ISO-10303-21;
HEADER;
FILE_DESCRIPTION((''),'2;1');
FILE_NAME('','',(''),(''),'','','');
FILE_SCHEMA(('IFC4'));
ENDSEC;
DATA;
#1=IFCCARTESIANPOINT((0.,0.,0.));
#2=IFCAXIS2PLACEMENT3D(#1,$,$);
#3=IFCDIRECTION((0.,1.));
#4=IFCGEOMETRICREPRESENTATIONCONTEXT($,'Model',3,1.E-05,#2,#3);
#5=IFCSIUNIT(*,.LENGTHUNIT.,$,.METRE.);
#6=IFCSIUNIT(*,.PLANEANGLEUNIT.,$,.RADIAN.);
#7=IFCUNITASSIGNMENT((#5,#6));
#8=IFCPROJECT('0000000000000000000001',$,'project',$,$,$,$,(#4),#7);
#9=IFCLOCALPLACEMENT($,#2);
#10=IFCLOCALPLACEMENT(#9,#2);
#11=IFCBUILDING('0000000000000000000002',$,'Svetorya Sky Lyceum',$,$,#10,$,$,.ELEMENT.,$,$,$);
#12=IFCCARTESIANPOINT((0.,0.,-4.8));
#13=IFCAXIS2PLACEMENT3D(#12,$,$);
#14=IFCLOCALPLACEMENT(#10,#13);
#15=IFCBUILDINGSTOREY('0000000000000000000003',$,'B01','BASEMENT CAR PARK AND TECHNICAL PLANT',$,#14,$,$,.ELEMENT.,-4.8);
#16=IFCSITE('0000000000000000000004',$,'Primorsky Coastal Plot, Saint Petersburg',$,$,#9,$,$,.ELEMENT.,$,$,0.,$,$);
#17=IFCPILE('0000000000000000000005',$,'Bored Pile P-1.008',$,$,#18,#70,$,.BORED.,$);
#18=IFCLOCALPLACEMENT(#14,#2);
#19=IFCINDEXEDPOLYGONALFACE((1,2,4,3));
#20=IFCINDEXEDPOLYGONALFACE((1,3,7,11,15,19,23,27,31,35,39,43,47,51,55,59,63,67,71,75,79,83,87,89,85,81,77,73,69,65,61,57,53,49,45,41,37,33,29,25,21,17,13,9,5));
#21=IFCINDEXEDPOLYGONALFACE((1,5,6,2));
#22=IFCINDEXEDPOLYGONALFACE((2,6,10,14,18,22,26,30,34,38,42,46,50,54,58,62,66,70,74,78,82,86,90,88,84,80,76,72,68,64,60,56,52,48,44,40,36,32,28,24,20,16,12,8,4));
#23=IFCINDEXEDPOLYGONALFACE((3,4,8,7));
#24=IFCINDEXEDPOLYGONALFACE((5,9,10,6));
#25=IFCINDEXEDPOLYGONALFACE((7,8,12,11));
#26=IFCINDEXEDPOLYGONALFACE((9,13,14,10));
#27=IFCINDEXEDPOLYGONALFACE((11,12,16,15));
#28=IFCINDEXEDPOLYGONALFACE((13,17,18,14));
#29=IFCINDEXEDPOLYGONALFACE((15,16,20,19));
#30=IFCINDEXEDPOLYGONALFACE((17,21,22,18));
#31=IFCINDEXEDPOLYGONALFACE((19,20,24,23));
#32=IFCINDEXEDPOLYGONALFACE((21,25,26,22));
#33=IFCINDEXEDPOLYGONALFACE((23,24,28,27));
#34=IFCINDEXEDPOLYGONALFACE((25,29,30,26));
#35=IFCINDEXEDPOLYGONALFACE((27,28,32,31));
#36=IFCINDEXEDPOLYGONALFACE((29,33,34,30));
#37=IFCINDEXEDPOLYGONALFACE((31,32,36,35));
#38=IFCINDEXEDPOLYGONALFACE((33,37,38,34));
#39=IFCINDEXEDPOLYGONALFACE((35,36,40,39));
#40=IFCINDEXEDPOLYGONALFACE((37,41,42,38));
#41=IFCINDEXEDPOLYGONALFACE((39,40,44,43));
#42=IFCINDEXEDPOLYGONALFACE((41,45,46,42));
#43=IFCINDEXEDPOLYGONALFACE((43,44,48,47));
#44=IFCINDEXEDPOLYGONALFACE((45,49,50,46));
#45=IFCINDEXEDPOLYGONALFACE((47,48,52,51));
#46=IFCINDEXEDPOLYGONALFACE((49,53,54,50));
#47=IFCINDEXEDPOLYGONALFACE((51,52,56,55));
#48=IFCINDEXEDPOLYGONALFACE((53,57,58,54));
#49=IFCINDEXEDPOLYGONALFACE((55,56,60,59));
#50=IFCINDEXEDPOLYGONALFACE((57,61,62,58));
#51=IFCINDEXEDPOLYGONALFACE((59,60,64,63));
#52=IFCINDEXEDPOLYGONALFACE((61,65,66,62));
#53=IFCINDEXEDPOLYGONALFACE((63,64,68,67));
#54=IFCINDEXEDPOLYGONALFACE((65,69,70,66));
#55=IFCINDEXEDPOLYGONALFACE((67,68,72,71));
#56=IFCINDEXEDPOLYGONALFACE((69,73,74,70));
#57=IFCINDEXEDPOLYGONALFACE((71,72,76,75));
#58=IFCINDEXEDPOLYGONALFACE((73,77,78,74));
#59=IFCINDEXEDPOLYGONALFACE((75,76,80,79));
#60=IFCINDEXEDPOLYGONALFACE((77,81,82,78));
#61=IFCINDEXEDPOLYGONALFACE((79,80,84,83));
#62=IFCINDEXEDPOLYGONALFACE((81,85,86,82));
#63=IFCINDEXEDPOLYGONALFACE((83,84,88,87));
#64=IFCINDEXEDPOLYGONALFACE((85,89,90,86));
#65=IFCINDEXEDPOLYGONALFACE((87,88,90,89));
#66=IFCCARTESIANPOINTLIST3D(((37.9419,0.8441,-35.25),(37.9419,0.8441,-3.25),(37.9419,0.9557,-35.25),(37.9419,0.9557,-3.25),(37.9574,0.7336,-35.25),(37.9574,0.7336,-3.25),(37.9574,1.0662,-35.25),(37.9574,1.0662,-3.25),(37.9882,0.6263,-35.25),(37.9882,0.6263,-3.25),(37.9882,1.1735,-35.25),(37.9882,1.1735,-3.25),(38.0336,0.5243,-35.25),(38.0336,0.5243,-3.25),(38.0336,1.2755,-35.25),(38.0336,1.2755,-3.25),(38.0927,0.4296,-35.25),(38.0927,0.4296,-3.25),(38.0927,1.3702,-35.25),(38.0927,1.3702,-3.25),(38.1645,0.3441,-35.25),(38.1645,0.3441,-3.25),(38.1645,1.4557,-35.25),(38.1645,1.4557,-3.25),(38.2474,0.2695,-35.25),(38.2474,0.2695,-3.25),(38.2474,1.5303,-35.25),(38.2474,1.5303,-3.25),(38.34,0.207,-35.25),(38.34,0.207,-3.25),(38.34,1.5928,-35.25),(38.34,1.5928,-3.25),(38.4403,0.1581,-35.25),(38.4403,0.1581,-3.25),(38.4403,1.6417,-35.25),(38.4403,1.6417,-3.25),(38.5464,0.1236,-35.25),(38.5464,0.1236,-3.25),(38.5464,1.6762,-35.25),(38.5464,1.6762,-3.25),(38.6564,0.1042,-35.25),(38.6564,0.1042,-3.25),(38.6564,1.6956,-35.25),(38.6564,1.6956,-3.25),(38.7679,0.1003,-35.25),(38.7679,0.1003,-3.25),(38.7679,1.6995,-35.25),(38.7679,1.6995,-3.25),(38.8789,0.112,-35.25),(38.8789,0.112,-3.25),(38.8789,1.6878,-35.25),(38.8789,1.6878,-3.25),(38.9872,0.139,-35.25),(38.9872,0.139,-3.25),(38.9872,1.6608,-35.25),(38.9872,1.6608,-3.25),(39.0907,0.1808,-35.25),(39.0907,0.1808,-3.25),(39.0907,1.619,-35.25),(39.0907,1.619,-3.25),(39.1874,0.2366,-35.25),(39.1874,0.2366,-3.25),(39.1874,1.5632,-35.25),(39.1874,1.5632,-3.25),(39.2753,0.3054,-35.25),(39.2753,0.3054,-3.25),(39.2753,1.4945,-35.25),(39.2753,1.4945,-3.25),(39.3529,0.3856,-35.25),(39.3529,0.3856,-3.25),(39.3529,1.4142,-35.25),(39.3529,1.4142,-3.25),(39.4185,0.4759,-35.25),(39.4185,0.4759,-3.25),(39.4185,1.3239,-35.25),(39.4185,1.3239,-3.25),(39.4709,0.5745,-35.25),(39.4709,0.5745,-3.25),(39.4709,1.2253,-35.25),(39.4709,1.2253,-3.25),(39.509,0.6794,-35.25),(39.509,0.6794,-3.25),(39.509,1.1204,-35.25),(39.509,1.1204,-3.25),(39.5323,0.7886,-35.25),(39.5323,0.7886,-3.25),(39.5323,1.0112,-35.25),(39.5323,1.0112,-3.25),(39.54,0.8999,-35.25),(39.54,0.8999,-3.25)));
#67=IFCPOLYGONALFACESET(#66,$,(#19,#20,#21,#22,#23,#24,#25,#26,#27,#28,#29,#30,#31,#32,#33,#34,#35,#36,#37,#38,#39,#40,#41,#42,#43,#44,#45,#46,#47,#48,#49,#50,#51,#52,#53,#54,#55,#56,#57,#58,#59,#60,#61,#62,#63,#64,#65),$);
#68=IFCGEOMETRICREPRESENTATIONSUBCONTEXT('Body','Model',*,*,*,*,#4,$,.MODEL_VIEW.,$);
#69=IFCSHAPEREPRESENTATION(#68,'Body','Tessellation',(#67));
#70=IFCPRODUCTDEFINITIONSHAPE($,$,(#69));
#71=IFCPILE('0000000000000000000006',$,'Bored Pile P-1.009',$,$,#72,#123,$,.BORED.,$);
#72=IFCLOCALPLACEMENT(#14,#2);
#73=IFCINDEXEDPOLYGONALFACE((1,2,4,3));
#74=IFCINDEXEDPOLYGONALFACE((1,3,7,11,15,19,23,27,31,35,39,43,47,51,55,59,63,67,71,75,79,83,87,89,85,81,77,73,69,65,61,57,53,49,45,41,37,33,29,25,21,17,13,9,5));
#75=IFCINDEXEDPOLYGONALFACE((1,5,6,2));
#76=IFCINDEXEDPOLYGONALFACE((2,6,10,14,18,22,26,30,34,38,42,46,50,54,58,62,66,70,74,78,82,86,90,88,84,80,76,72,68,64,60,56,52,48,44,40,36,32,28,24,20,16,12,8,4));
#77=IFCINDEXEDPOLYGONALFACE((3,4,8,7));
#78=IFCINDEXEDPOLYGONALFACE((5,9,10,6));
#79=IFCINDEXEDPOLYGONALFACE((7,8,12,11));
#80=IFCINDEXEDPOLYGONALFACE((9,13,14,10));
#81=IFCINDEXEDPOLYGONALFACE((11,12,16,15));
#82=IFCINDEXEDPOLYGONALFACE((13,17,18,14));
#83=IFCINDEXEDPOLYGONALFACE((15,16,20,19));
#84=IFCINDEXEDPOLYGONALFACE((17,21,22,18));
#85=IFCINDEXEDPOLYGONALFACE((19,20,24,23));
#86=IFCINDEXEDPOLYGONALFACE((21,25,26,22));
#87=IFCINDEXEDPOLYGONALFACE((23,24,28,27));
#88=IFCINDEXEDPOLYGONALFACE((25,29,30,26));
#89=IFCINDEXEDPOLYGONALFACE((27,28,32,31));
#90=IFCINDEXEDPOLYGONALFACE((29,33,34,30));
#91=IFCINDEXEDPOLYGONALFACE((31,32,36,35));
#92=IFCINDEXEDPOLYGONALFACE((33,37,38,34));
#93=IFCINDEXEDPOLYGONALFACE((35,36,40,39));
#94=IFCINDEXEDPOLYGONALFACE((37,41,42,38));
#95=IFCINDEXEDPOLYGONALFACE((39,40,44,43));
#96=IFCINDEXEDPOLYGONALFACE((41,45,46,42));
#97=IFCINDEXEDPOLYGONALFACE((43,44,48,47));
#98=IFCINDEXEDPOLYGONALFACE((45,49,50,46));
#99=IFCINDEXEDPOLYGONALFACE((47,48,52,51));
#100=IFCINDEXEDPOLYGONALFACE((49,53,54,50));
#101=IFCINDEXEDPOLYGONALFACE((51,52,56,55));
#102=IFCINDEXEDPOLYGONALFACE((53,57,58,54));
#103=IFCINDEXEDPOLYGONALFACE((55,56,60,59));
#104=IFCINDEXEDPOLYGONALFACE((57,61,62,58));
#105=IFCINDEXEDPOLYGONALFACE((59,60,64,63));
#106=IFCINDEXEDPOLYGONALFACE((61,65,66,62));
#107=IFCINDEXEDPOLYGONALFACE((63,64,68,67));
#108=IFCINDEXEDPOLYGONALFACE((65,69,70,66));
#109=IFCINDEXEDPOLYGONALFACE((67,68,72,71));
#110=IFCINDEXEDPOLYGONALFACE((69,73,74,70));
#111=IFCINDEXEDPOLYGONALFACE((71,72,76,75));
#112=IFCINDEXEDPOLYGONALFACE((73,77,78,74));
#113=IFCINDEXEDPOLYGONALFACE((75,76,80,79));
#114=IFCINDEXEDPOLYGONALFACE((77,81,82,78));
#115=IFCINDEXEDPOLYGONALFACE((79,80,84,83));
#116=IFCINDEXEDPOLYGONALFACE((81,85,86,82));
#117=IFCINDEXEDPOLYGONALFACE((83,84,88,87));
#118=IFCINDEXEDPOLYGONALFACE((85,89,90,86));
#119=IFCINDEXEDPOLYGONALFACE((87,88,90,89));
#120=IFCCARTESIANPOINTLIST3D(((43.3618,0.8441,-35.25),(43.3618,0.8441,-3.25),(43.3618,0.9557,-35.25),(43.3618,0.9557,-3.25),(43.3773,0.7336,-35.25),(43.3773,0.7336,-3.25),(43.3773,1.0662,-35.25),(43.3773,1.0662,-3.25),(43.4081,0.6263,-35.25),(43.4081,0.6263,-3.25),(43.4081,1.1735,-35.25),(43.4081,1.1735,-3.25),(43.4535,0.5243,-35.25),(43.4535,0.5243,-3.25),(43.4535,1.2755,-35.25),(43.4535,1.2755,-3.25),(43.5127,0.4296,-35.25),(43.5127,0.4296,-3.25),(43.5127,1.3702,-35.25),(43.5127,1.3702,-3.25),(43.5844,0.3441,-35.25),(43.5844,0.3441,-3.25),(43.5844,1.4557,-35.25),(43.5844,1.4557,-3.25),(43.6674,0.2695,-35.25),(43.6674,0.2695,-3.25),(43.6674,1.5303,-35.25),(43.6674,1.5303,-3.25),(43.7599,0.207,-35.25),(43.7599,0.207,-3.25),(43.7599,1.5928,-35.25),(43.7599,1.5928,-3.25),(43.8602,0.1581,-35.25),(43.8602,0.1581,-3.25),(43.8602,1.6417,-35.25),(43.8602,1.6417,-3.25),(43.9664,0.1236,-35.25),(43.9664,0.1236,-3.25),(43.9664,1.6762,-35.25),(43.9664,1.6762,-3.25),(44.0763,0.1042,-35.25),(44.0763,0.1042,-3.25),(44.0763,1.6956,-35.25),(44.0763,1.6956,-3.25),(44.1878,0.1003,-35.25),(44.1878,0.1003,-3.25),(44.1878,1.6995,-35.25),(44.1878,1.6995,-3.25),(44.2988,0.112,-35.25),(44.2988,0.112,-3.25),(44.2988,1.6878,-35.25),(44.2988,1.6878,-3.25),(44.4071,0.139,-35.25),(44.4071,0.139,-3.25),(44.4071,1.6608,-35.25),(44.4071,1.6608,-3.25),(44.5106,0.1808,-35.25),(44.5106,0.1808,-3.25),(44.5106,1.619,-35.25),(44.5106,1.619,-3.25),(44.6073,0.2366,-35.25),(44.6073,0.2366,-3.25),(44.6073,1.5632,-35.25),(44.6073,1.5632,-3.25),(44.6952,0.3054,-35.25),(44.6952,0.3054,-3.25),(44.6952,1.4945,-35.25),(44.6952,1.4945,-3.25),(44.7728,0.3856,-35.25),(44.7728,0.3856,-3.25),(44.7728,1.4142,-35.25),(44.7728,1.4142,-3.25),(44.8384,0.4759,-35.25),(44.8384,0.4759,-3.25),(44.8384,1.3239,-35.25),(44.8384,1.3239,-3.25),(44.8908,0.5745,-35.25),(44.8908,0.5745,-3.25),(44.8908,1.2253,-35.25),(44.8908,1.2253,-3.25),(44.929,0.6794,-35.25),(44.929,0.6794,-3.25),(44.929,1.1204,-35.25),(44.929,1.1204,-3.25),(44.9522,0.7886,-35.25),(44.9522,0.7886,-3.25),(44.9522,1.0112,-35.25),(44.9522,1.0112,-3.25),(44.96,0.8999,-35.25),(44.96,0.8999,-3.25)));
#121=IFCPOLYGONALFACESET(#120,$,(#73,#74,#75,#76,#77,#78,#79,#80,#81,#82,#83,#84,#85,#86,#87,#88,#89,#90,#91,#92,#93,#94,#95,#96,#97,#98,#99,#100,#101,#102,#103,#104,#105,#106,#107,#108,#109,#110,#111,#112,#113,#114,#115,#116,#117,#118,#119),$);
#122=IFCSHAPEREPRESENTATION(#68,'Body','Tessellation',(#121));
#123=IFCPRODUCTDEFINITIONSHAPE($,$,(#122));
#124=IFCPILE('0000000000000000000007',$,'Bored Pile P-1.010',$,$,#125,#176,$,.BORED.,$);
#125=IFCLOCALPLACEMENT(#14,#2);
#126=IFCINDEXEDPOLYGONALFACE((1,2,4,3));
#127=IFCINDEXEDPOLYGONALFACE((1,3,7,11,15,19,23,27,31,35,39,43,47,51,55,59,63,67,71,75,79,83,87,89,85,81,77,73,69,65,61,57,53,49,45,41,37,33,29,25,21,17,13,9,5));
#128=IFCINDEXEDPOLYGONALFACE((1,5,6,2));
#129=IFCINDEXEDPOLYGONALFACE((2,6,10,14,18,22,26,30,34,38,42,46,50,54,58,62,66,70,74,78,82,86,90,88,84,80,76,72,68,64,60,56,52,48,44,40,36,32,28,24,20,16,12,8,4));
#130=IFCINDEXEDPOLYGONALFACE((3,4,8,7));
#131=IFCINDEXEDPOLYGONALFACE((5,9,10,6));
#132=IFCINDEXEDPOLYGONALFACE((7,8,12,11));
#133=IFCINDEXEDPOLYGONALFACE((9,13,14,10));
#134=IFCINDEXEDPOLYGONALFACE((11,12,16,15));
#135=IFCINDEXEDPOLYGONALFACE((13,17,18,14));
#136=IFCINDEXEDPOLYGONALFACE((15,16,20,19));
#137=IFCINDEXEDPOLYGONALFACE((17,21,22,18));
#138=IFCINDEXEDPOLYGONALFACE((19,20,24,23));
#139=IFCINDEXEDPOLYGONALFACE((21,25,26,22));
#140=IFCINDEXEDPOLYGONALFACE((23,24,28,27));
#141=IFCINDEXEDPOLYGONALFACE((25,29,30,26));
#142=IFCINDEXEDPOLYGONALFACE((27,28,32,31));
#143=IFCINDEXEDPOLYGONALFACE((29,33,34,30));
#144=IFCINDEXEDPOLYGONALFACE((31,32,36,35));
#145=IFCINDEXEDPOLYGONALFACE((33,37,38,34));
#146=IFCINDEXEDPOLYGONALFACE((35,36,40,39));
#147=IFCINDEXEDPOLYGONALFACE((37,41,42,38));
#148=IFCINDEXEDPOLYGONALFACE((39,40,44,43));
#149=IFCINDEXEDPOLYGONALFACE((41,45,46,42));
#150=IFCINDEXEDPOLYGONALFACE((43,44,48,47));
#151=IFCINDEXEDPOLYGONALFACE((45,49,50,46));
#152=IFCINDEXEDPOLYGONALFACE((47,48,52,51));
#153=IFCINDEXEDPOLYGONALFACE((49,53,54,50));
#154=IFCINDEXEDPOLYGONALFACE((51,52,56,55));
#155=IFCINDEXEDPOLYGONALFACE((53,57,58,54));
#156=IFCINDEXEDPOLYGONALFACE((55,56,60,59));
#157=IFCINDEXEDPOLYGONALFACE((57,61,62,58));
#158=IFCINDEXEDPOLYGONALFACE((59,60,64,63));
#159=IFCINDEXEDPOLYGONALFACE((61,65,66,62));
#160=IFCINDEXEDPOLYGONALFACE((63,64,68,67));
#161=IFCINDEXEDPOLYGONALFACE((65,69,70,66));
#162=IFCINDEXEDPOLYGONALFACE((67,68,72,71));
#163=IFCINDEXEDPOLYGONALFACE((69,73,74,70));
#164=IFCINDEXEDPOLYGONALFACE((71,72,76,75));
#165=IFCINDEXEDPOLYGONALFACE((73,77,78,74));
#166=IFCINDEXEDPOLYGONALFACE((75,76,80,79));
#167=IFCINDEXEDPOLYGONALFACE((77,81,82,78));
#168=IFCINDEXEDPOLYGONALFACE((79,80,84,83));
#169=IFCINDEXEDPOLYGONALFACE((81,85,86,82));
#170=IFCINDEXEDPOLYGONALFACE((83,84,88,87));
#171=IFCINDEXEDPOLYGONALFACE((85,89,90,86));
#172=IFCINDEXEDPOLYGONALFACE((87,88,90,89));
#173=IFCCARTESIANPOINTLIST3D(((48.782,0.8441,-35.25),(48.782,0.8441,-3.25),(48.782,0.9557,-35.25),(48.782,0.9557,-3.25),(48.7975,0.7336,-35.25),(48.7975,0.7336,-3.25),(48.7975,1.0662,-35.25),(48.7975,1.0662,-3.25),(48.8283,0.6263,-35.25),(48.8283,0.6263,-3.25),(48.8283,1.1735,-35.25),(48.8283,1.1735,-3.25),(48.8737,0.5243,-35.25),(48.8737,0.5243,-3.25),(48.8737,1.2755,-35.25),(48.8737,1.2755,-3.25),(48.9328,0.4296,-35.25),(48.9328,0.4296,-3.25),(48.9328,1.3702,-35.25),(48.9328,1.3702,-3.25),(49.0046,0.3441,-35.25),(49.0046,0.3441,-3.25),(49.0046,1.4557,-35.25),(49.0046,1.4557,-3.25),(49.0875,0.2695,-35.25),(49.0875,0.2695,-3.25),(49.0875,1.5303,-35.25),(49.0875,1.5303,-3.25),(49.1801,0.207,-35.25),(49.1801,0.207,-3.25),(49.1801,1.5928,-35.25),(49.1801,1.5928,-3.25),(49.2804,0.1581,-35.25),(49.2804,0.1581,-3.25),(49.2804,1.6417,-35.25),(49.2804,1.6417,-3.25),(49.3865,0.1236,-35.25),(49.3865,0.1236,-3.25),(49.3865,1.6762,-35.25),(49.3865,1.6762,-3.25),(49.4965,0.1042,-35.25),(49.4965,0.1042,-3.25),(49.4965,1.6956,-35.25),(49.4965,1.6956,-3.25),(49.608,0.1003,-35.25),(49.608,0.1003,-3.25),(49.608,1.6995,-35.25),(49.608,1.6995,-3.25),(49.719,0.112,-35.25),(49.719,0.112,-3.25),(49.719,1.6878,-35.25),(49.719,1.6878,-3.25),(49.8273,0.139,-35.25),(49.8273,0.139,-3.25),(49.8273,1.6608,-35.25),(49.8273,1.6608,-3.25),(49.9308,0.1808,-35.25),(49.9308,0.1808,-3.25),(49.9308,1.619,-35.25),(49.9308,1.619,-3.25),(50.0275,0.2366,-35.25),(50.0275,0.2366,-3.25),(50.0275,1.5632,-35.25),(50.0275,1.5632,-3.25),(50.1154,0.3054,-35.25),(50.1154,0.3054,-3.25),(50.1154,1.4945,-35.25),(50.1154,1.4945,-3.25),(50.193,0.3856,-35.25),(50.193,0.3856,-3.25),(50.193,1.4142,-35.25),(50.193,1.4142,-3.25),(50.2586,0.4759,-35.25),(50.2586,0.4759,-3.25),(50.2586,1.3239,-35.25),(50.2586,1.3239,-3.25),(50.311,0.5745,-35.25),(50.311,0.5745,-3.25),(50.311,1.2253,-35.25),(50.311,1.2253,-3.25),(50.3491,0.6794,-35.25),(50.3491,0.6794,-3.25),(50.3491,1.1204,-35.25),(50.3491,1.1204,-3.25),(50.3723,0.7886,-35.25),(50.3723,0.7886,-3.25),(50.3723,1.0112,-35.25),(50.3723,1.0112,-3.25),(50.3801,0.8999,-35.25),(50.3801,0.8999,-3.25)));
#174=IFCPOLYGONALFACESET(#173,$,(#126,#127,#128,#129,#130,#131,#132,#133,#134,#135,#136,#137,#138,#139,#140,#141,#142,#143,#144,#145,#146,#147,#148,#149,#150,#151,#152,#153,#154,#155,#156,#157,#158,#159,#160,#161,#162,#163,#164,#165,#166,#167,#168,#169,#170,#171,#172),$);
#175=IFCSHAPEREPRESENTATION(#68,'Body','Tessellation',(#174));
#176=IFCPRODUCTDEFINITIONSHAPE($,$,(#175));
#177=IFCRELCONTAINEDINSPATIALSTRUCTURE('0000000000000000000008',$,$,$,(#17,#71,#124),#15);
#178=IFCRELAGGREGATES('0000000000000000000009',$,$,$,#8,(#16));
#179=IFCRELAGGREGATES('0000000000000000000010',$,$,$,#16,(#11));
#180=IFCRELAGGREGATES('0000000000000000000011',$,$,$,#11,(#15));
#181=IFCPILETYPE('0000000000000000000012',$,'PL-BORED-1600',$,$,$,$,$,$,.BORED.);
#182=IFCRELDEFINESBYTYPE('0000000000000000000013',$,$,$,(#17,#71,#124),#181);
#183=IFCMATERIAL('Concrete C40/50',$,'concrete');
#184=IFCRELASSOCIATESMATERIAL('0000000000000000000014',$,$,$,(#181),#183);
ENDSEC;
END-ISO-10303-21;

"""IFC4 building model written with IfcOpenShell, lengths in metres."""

from ifc_helpers import new_model, si_unit, direction, frame, origin, origin_2d, place, context, subcontext, project, spatial, circle, extrude, material, material_profile, profile_set, type_object, element, save


model = new_model("IFC4")

# Units and contexts
model_context = context("Model", 3, precision=1e-05, world=origin(), true_north=direction((0.0, 1.0)))
body_context = subcontext(model_context, "Body", "Model", "MODEL_VIEW")
ifc_project = project(units=[si_unit("LENGTHUNIT", "METRE"), si_unit("PLANEANGLEUNIT", "RADIAN")], contexts=[model_context])

# Site, building, storey
site_placement = place(None, origin())
site = spatial("IfcSite", under=ifc_project, at=site_placement, Name="Primorsky Coastal Plot, Saint Petersburg", CompositionType="ELEMENT", RefElevation=0.0)
building_placement = place(site_placement, origin())
building = spatial("IfcBuilding", under=site, at=building_placement, Name="Svetorya Sky Lyceum", CompositionType="ELEMENT")
storey_placement = place(building_placement, frame((0.0, 0.0, -4.8)))
storey = spatial("IfcBuildingStorey", under=building, at=storey_placement, Name="B01", Description="BASEMENT CAR PARK AND TECHNICAL PLANT", CompositionType="ELEMENT", Elevation=-4.8)

# Piles
ifc_material_1 = material(Name="Concrete C40/50", Category="concrete")
ifc_material_profile_1 = material_profile(ifc_material_1, circle(Radius=0.8, at=origin_2d()), Name="RC PILE D1600")
ifc_profile_set_1 = profile_set([ifc_material_profile_1], Name="Concrete C40/50")
pile_type = type_object("IfcPileType", Name="PL-BORED-1600", PredefinedType="BORED", material=ifc_profile_set_1)
for number, where, z_axis, x_axis, name in (
    (1, (38.74, 0.8999, -3.25), (0.0, 0.0, -1.0), (1.0, 0.0, 0.0), "Bored Pile P-1.008"),
    (2, (44.1599, 0.8999, -3.25), (0.0, 0.0, -1.0), (1.0, 0.0, 0.0), "Bored Pile P-1.009"),
    (3, (49.5801, 0.8999, -3.25), (0.0, 0.0, -1.0), (1.0, 0.0, 0.0), "Bored Pile P-1.010"),
):
    element("IfcPile", number, at=place(storey_placement, frame(where, z_axis=z_axis, x_axis=x_axis)), inside=storey, type_object=pile_type, Name=name, PredefinedType="BORED", context=body_context, shape_type="SweptSolid", body=[
        extrude(circle(Radius=0.8, at=origin_2d()), origin(), (0.0, 0.0, 1.0), 32.0),
    ])

save(model, "model.ifc")
